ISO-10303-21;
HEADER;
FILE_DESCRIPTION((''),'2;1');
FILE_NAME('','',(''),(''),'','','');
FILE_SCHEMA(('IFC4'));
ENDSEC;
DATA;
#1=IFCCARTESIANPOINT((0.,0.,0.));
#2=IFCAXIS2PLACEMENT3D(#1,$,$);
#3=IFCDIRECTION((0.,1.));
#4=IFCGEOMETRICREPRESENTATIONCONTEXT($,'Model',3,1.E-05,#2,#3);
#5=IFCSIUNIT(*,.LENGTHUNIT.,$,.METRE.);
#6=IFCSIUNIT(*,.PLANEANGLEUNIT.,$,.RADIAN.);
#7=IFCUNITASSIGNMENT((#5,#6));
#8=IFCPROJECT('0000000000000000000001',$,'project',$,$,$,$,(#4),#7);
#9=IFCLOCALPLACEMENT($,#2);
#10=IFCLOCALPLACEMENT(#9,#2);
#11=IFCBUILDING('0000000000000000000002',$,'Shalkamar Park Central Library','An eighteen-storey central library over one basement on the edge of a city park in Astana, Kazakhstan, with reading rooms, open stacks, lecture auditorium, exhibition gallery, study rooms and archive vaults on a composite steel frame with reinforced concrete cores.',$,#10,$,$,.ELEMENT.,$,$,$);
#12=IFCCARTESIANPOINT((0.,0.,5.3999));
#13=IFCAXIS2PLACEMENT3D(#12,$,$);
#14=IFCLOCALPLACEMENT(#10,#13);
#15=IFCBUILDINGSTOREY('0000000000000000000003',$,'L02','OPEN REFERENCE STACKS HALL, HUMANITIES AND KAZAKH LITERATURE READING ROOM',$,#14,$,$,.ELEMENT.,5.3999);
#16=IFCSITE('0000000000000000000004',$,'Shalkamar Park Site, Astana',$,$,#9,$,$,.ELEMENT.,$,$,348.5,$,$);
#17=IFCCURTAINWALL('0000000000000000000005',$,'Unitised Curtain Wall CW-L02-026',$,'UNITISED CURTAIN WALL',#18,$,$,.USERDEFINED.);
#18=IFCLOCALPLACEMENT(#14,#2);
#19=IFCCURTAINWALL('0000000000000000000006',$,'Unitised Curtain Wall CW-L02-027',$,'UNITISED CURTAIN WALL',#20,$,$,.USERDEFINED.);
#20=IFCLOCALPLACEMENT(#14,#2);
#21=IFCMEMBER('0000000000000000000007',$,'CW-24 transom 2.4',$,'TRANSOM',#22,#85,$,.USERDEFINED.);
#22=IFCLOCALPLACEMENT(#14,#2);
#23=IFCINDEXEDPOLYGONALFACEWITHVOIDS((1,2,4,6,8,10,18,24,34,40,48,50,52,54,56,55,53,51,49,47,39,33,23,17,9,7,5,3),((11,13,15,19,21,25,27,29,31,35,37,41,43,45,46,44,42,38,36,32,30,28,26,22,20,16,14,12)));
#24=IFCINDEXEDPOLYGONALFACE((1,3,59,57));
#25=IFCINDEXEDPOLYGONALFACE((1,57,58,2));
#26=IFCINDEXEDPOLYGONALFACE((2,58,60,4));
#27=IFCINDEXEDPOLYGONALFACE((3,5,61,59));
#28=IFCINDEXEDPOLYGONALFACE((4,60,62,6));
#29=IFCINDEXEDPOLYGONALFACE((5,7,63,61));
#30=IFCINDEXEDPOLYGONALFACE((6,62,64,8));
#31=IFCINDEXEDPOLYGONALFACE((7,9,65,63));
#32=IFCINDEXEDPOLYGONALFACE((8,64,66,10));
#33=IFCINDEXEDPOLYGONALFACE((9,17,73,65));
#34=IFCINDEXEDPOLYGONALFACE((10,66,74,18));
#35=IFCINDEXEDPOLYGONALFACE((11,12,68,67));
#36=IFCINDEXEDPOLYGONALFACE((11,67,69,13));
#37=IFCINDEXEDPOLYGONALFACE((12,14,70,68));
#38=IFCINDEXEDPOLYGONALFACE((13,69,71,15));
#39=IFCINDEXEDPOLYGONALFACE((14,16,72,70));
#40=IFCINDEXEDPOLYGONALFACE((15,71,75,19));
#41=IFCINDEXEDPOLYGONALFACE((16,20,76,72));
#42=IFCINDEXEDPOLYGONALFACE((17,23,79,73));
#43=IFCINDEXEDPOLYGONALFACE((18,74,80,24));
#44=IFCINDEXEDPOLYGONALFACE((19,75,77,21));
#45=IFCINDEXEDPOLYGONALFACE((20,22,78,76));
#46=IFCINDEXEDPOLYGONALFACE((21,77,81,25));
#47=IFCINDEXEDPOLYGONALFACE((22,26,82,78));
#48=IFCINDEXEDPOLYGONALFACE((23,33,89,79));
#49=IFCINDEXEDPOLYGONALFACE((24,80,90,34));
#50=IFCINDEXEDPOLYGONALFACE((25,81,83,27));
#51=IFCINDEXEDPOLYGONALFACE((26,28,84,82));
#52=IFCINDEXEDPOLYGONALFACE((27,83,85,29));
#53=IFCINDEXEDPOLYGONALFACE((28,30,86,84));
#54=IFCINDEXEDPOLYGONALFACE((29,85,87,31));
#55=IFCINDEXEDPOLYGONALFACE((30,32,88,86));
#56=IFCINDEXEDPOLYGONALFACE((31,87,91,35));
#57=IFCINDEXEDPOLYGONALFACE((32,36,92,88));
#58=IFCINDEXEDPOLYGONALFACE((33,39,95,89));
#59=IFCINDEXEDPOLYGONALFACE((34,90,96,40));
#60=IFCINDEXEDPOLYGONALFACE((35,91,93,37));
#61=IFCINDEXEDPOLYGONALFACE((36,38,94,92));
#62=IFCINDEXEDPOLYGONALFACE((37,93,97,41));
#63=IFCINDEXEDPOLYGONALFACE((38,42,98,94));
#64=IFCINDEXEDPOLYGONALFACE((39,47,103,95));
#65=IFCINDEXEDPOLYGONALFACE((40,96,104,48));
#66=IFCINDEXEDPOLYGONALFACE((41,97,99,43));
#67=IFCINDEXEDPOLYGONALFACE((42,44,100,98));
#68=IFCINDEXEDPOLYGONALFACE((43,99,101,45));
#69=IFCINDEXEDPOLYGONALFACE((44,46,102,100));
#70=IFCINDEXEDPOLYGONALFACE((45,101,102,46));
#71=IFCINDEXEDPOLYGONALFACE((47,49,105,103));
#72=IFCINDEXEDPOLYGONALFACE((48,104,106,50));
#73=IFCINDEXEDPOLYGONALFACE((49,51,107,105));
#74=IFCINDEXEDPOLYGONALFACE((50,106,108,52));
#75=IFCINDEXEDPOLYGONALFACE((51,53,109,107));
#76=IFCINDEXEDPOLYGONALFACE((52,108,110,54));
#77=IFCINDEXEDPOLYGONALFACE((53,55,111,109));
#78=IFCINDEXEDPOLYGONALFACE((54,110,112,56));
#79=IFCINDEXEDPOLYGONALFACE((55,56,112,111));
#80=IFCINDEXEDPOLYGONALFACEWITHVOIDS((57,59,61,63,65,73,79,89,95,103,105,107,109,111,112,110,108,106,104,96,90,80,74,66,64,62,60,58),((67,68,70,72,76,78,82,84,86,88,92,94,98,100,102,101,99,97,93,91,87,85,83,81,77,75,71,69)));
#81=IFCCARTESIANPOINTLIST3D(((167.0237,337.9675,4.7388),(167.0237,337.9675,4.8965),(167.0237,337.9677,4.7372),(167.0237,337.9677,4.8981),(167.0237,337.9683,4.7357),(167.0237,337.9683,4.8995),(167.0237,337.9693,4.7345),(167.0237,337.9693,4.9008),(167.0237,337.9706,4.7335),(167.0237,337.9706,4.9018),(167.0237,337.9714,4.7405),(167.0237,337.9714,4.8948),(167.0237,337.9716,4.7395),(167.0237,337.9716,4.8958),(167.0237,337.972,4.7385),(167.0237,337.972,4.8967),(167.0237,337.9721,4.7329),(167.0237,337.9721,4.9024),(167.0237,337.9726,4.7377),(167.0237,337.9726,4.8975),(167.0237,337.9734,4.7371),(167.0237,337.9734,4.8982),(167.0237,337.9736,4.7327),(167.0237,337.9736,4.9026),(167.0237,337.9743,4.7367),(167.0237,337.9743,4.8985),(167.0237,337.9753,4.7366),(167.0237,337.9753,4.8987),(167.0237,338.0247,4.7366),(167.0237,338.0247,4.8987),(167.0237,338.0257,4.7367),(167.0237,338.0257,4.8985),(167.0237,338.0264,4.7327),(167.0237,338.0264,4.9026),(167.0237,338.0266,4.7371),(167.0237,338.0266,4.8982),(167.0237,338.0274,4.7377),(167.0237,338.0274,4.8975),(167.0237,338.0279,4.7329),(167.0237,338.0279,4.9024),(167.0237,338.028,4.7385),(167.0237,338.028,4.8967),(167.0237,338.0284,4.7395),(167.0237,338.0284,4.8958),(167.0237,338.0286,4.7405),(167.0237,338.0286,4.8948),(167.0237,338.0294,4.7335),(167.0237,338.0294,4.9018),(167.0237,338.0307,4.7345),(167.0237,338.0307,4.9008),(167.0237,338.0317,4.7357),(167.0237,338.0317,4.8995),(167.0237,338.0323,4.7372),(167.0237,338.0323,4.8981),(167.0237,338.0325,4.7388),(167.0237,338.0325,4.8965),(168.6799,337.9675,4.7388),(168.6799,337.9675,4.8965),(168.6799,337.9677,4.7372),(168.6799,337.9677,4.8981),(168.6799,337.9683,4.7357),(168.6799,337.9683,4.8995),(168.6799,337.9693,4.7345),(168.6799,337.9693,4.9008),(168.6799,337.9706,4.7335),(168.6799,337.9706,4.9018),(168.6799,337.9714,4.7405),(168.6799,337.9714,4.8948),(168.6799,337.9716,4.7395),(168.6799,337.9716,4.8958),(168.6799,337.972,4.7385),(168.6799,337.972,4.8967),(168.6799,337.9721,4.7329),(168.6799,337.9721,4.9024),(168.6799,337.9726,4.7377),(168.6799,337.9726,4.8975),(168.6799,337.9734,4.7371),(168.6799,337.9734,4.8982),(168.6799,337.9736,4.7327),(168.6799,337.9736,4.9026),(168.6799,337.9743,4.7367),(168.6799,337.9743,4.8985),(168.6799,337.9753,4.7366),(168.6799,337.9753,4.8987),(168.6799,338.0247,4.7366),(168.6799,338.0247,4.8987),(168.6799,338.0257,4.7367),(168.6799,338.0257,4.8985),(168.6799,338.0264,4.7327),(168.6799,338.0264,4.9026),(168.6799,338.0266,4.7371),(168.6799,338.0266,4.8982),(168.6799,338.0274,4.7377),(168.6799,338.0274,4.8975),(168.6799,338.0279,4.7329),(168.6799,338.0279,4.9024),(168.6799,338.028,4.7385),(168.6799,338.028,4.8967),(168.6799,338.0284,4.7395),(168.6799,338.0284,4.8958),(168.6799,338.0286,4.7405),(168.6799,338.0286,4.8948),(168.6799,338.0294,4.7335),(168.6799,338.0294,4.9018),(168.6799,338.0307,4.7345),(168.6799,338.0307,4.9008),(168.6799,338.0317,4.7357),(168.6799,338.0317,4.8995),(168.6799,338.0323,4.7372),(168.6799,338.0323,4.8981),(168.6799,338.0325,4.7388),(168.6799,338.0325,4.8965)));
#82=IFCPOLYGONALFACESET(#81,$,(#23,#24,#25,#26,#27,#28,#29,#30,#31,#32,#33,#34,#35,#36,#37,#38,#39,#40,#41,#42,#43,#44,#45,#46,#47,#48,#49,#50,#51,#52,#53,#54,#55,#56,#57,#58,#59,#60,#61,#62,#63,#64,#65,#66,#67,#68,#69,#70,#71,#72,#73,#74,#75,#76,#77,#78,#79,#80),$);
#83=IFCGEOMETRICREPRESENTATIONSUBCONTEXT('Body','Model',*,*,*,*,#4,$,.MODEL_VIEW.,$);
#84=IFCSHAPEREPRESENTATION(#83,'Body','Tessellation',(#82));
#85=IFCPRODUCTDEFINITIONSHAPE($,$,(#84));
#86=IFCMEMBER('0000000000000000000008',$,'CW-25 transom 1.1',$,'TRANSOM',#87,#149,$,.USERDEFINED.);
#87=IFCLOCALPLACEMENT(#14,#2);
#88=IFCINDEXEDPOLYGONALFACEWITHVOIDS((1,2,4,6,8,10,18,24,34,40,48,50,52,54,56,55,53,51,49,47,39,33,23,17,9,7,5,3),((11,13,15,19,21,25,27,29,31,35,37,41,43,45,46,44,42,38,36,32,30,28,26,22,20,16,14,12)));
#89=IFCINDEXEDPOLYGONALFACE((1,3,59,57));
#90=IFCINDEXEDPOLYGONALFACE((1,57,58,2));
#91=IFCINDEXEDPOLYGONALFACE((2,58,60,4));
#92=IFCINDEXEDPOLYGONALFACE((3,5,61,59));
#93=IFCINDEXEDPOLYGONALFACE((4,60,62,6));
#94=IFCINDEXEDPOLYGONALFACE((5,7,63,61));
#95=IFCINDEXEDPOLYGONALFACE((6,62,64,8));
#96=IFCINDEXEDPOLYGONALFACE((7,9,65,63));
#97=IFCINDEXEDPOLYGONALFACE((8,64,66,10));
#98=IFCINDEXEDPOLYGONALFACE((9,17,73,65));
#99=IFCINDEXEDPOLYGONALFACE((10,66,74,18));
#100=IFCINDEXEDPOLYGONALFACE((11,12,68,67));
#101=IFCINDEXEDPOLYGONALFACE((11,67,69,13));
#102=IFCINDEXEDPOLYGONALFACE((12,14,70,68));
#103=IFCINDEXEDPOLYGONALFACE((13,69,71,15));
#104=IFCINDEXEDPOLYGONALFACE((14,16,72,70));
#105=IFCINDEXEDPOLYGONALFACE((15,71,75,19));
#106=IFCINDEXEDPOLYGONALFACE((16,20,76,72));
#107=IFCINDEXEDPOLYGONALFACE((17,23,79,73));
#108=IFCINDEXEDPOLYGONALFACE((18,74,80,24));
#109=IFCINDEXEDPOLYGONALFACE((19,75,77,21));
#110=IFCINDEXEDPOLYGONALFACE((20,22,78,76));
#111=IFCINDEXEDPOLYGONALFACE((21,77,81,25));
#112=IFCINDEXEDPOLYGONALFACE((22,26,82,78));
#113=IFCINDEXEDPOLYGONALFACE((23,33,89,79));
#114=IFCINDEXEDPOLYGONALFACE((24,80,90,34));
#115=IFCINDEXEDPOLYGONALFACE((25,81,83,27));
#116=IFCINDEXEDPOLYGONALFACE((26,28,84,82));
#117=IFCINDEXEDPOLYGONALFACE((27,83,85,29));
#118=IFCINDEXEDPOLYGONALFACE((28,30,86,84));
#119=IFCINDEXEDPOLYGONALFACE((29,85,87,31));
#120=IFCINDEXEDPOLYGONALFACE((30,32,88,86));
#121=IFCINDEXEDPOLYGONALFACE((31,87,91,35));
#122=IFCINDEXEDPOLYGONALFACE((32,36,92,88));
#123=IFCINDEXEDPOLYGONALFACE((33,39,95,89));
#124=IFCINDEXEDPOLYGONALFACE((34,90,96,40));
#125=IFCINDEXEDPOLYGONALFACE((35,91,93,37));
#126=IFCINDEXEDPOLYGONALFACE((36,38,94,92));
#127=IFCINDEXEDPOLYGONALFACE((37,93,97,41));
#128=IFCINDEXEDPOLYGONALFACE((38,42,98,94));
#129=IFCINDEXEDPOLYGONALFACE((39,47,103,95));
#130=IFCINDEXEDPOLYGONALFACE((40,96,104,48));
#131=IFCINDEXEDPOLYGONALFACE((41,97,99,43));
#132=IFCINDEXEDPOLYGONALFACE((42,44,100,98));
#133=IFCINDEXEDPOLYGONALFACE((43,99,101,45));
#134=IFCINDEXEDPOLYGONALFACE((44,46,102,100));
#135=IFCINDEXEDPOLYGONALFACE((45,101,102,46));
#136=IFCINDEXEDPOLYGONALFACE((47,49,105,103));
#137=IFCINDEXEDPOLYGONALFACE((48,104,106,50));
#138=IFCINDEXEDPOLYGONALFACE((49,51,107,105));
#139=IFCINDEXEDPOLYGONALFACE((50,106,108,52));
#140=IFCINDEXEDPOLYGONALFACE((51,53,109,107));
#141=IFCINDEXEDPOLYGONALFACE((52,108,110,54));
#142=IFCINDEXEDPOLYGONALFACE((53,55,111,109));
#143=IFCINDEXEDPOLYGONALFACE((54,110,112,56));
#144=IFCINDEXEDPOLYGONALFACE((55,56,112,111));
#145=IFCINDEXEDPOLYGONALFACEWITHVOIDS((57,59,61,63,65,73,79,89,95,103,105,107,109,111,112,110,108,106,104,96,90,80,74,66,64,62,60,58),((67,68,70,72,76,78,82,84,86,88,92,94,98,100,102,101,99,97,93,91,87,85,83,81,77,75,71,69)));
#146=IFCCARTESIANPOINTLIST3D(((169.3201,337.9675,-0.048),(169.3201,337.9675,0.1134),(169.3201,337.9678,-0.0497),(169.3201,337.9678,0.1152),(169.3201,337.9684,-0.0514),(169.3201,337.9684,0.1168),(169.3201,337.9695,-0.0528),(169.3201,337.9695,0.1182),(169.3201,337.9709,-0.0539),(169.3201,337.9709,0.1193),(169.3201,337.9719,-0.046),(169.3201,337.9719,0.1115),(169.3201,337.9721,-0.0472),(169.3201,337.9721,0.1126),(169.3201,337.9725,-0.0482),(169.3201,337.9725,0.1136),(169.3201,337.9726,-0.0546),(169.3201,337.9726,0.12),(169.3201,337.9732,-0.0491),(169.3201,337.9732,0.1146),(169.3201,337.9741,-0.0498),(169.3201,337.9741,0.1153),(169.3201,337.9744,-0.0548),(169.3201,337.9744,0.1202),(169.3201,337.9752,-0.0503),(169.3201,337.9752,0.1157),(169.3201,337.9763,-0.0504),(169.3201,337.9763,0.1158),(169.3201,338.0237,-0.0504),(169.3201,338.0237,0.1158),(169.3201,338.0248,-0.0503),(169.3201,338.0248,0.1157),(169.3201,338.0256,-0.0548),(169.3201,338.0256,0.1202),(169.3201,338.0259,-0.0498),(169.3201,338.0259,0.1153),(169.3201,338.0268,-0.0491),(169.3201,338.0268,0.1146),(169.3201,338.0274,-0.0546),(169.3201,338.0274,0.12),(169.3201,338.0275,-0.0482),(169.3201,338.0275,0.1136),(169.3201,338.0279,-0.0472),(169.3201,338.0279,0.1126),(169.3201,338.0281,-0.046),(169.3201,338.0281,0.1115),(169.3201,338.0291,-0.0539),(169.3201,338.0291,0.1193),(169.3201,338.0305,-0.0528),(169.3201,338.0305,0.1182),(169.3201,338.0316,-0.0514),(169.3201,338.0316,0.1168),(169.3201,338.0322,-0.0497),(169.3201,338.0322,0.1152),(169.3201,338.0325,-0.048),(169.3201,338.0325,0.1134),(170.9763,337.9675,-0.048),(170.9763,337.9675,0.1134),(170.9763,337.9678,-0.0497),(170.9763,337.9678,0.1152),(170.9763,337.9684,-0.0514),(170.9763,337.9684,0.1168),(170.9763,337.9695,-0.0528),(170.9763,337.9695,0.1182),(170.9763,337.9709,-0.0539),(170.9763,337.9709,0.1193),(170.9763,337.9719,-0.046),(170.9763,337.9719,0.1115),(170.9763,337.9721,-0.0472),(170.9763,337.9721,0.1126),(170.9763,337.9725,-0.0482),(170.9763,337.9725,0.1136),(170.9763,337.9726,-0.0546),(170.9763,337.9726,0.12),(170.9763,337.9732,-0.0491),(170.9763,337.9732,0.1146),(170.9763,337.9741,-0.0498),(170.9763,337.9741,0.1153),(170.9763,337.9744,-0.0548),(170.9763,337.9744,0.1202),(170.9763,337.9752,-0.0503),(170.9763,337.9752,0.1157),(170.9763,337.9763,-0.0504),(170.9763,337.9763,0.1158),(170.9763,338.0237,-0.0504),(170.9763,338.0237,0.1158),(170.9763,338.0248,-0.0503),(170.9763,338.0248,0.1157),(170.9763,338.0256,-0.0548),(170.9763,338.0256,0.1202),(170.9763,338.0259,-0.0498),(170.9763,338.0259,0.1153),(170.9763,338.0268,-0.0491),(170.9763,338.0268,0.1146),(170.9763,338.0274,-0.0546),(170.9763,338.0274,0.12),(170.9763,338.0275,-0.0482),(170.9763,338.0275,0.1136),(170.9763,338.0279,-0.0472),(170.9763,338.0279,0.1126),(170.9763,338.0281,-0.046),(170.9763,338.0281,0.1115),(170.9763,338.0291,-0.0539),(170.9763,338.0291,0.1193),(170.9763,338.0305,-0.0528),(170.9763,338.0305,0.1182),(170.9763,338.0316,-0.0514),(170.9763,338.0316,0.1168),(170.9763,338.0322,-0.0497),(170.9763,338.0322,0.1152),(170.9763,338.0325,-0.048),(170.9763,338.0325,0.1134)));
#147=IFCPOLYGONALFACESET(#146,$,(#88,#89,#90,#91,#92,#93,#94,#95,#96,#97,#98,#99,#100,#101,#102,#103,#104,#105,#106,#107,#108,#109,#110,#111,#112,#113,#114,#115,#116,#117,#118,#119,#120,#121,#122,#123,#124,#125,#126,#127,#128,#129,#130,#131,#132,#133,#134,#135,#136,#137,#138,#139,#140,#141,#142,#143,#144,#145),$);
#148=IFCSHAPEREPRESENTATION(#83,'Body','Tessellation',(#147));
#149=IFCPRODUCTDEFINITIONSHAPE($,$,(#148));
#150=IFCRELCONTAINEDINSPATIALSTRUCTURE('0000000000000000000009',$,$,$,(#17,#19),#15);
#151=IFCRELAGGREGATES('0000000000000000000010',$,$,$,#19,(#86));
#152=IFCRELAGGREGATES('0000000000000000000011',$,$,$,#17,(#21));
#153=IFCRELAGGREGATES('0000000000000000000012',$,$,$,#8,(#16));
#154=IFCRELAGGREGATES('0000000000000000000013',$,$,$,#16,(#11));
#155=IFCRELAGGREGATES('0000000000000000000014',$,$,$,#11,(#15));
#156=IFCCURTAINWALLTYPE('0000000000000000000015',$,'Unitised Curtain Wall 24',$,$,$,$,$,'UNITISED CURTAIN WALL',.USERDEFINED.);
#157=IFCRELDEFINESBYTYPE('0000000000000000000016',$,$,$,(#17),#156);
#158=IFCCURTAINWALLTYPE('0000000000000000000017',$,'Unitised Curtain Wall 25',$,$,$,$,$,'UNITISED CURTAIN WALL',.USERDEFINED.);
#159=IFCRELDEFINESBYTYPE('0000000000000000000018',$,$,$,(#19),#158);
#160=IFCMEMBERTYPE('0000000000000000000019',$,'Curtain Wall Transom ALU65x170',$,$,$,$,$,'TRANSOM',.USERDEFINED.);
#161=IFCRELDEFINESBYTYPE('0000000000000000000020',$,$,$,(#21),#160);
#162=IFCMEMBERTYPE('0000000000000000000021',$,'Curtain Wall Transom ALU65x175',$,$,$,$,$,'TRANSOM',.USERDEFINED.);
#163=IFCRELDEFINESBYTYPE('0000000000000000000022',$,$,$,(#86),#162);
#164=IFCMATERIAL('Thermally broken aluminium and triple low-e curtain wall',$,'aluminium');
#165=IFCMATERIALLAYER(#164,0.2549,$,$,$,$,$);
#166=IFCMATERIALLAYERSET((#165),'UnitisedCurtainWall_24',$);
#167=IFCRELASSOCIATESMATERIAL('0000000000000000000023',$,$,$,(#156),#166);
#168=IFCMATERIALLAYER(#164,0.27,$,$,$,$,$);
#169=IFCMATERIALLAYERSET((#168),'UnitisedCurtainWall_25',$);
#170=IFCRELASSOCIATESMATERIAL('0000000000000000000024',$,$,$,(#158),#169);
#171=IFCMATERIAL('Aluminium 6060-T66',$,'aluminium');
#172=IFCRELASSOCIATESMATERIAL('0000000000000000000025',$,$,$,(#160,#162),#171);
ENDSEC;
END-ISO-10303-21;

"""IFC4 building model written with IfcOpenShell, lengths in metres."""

from ifc_helpers import new_model, si_unit, direction, frame, origin, origin_2d, place, context, subcontext, project, spatial, hollow_rectangle, extrude, material, layer, layer_set, material_profile, profile_set, type_object, element, aggregate, save


model = new_model("IFC4")

# Units and contexts
model_context = context("Model", 3, precision=1e-05, world=origin(), true_north=direction((0.0, 1.0)))
body_context = subcontext(model_context, "Body", "Model", "MODEL_VIEW")
ifc_project = project(units=[si_unit("LENGTHUNIT", "METRE"), si_unit("PLANEANGLEUNIT", "RADIAN")], contexts=[model_context])

# Site, building, storey
site_placement = place(None, origin())
site = spatial("IfcSite", under=ifc_project, at=site_placement, Name="Shalkamar Park Site, Astana", CompositionType="ELEMENT", RefElevation=348.5)
building_placement = place(site_placement, origin())
building = spatial("IfcBuilding", under=site, at=building_placement, Name="Shalkamar Park Central Library", Description="An eighteen-storey central library over one basement on the edge of a city park in Astana, Kazakhstan, with reading rooms, open stacks, lecture auditorium, exhibition gallery, study rooms and archive vaults on a composite steel frame with reinforced concrete cores.", CompositionType="ELEMENT")
storey_placement = place(building_placement, frame((0.0, 0.0, 5.3999)))
storey = spatial("IfcBuildingStorey", under=building, at=storey_placement, Name="L02", Description="OPEN REFERENCE STACKS HALL, HUMANITIES AND KAZAKH LITERATURE READING ROOM", CompositionType="ELEMENT", Elevation=5.3999)

# Curtain walls
ifc_material_1 = material(Name="Thermally broken aluminium and triple low-e curtain wall", Category="aluminium")
ifc_layer_1 = layer(ifc_material_1, 0.2549)
ifc_layer_set_1 = layer_set([ifc_layer_1], Name="UnitisedCurtainWall_24")
curtain_wall_type_1 = type_object("IfcCurtainWallType", Name="Unitised Curtain Wall 24", ElementType="UNITISED CURTAIN WALL", PredefinedType="USERDEFINED", material=ifc_layer_set_1)
curtain_wall_1_placement = place(storey_placement, origin())
curtain_wall_1 = element("IfcCurtainWall", 1, at=curtain_wall_1_placement, inside=storey, type_object=curtain_wall_type_1, Name="Unitised Curtain Wall CW-L02-026", ObjectType="UNITISED CURTAIN WALL", PredefinedType="USERDEFINED")
ifc_material_2 = material(Name="Aluminium 6060-T66", Category="aluminium")
ifc_layer_2 = layer(ifc_material_1, 0.27)
ifc_layer_set_2 = layer_set([ifc_layer_2], Name="UnitisedCurtainWall_25")
curtain_wall_type_2 = type_object("IfcCurtainWallType", Name="Unitised Curtain Wall 25", ElementType="UNITISED CURTAIN WALL", PredefinedType="USERDEFINED", material=ifc_layer_set_2)
curtain_wall_2_placement = place(storey_placement, origin())
curtain_wall_2 = element("IfcCurtainWall", 2, at=curtain_wall_2_placement, inside=storey, type_object=curtain_wall_type_2, Name="Unitised Curtain Wall CW-L02-027", ObjectType="UNITISED CURTAIN WALL", PredefinedType="USERDEFINED")

# Members
ifc_material_profile_1 = material_profile(ifc_material_2, hollow_rectangle(XDim=0.0649, YDim=0.1699, WallThickness=0.0039, InnerFilletRadius=0.0039, OuterFilletRadius=0.0061, at=origin_2d()), Name="ALU 65x170x4")
ifc_profile_set_1 = profile_set([ifc_material_profile_1], Name="Aluminium 6060-T66")
member_type_1 = type_object("IfcMemberType", Name="Curtain Wall Transom ALU65x170", ElementType="TRANSOM", PredefinedType="USERDEFINED", material=ifc_profile_set_1)
member_1_placement = place(storey_placement, frame((167.0237, 338.0, 4.8176), z_axis=(1.0, 0.0, 0.0), x_axis=(0.0, 1.0, 0.0)))
member_1 = element("IfcMember", 3, at=member_1_placement, type_object=member_type_1, Name="CW-24 transom 2.4", ObjectType="TRANSOM", PredefinedType="USERDEFINED", context=body_context, shape_type="SweptSolid", body=[
    extrude(hollow_rectangle(XDim=0.0649, YDim=0.1699, WallThickness=0.0039, InnerFilletRadius=0.0039, OuterFilletRadius=0.0061, at=origin_2d()), origin(), (0.0, 0.0, 1.0), 1.6562),
])
ifc_material_profile_2 = material_profile(ifc_material_2, hollow_rectangle(XDim=0.0649, YDim=0.175, WallThickness=0.0044, InnerFilletRadius=0.0044, OuterFilletRadius=0.0068, at=origin_2d()), Name="ALU 65x175x4.5")
ifc_profile_set_2 = profile_set([ifc_material_profile_2], Name="Aluminium 6060-T66")
member_type_2 = type_object("IfcMemberType", Name="Curtain Wall Transom ALU65x175", ElementType="TRANSOM", PredefinedType="USERDEFINED", material=ifc_profile_set_2)
member_2_placement = place(storey_placement, frame((169.3201, 338.0, 0.0327), z_axis=(1.0, 0.0, 0.0), x_axis=(0.0, 1.0, 0.0)))
member_2 = element("IfcMember", 4, at=member_2_placement, type_object=member_type_2, Name="CW-25 transom 1.1", ObjectType="TRANSOM", PredefinedType="USERDEFINED", context=body_context, shape_type="SweptSolid", body=[
    extrude(hollow_rectangle(XDim=0.0649, YDim=0.175, WallThickness=0.0044, InnerFilletRadius=0.0044, OuterFilletRadius=0.0068, at=origin_2d()), origin(), (0.0, 0.0, 1.0), 1.6562),
])

aggregate(curtain_wall_2, [member_2])
aggregate(curtain_wall_1, [member_1])

save(model, "model.ifc")
